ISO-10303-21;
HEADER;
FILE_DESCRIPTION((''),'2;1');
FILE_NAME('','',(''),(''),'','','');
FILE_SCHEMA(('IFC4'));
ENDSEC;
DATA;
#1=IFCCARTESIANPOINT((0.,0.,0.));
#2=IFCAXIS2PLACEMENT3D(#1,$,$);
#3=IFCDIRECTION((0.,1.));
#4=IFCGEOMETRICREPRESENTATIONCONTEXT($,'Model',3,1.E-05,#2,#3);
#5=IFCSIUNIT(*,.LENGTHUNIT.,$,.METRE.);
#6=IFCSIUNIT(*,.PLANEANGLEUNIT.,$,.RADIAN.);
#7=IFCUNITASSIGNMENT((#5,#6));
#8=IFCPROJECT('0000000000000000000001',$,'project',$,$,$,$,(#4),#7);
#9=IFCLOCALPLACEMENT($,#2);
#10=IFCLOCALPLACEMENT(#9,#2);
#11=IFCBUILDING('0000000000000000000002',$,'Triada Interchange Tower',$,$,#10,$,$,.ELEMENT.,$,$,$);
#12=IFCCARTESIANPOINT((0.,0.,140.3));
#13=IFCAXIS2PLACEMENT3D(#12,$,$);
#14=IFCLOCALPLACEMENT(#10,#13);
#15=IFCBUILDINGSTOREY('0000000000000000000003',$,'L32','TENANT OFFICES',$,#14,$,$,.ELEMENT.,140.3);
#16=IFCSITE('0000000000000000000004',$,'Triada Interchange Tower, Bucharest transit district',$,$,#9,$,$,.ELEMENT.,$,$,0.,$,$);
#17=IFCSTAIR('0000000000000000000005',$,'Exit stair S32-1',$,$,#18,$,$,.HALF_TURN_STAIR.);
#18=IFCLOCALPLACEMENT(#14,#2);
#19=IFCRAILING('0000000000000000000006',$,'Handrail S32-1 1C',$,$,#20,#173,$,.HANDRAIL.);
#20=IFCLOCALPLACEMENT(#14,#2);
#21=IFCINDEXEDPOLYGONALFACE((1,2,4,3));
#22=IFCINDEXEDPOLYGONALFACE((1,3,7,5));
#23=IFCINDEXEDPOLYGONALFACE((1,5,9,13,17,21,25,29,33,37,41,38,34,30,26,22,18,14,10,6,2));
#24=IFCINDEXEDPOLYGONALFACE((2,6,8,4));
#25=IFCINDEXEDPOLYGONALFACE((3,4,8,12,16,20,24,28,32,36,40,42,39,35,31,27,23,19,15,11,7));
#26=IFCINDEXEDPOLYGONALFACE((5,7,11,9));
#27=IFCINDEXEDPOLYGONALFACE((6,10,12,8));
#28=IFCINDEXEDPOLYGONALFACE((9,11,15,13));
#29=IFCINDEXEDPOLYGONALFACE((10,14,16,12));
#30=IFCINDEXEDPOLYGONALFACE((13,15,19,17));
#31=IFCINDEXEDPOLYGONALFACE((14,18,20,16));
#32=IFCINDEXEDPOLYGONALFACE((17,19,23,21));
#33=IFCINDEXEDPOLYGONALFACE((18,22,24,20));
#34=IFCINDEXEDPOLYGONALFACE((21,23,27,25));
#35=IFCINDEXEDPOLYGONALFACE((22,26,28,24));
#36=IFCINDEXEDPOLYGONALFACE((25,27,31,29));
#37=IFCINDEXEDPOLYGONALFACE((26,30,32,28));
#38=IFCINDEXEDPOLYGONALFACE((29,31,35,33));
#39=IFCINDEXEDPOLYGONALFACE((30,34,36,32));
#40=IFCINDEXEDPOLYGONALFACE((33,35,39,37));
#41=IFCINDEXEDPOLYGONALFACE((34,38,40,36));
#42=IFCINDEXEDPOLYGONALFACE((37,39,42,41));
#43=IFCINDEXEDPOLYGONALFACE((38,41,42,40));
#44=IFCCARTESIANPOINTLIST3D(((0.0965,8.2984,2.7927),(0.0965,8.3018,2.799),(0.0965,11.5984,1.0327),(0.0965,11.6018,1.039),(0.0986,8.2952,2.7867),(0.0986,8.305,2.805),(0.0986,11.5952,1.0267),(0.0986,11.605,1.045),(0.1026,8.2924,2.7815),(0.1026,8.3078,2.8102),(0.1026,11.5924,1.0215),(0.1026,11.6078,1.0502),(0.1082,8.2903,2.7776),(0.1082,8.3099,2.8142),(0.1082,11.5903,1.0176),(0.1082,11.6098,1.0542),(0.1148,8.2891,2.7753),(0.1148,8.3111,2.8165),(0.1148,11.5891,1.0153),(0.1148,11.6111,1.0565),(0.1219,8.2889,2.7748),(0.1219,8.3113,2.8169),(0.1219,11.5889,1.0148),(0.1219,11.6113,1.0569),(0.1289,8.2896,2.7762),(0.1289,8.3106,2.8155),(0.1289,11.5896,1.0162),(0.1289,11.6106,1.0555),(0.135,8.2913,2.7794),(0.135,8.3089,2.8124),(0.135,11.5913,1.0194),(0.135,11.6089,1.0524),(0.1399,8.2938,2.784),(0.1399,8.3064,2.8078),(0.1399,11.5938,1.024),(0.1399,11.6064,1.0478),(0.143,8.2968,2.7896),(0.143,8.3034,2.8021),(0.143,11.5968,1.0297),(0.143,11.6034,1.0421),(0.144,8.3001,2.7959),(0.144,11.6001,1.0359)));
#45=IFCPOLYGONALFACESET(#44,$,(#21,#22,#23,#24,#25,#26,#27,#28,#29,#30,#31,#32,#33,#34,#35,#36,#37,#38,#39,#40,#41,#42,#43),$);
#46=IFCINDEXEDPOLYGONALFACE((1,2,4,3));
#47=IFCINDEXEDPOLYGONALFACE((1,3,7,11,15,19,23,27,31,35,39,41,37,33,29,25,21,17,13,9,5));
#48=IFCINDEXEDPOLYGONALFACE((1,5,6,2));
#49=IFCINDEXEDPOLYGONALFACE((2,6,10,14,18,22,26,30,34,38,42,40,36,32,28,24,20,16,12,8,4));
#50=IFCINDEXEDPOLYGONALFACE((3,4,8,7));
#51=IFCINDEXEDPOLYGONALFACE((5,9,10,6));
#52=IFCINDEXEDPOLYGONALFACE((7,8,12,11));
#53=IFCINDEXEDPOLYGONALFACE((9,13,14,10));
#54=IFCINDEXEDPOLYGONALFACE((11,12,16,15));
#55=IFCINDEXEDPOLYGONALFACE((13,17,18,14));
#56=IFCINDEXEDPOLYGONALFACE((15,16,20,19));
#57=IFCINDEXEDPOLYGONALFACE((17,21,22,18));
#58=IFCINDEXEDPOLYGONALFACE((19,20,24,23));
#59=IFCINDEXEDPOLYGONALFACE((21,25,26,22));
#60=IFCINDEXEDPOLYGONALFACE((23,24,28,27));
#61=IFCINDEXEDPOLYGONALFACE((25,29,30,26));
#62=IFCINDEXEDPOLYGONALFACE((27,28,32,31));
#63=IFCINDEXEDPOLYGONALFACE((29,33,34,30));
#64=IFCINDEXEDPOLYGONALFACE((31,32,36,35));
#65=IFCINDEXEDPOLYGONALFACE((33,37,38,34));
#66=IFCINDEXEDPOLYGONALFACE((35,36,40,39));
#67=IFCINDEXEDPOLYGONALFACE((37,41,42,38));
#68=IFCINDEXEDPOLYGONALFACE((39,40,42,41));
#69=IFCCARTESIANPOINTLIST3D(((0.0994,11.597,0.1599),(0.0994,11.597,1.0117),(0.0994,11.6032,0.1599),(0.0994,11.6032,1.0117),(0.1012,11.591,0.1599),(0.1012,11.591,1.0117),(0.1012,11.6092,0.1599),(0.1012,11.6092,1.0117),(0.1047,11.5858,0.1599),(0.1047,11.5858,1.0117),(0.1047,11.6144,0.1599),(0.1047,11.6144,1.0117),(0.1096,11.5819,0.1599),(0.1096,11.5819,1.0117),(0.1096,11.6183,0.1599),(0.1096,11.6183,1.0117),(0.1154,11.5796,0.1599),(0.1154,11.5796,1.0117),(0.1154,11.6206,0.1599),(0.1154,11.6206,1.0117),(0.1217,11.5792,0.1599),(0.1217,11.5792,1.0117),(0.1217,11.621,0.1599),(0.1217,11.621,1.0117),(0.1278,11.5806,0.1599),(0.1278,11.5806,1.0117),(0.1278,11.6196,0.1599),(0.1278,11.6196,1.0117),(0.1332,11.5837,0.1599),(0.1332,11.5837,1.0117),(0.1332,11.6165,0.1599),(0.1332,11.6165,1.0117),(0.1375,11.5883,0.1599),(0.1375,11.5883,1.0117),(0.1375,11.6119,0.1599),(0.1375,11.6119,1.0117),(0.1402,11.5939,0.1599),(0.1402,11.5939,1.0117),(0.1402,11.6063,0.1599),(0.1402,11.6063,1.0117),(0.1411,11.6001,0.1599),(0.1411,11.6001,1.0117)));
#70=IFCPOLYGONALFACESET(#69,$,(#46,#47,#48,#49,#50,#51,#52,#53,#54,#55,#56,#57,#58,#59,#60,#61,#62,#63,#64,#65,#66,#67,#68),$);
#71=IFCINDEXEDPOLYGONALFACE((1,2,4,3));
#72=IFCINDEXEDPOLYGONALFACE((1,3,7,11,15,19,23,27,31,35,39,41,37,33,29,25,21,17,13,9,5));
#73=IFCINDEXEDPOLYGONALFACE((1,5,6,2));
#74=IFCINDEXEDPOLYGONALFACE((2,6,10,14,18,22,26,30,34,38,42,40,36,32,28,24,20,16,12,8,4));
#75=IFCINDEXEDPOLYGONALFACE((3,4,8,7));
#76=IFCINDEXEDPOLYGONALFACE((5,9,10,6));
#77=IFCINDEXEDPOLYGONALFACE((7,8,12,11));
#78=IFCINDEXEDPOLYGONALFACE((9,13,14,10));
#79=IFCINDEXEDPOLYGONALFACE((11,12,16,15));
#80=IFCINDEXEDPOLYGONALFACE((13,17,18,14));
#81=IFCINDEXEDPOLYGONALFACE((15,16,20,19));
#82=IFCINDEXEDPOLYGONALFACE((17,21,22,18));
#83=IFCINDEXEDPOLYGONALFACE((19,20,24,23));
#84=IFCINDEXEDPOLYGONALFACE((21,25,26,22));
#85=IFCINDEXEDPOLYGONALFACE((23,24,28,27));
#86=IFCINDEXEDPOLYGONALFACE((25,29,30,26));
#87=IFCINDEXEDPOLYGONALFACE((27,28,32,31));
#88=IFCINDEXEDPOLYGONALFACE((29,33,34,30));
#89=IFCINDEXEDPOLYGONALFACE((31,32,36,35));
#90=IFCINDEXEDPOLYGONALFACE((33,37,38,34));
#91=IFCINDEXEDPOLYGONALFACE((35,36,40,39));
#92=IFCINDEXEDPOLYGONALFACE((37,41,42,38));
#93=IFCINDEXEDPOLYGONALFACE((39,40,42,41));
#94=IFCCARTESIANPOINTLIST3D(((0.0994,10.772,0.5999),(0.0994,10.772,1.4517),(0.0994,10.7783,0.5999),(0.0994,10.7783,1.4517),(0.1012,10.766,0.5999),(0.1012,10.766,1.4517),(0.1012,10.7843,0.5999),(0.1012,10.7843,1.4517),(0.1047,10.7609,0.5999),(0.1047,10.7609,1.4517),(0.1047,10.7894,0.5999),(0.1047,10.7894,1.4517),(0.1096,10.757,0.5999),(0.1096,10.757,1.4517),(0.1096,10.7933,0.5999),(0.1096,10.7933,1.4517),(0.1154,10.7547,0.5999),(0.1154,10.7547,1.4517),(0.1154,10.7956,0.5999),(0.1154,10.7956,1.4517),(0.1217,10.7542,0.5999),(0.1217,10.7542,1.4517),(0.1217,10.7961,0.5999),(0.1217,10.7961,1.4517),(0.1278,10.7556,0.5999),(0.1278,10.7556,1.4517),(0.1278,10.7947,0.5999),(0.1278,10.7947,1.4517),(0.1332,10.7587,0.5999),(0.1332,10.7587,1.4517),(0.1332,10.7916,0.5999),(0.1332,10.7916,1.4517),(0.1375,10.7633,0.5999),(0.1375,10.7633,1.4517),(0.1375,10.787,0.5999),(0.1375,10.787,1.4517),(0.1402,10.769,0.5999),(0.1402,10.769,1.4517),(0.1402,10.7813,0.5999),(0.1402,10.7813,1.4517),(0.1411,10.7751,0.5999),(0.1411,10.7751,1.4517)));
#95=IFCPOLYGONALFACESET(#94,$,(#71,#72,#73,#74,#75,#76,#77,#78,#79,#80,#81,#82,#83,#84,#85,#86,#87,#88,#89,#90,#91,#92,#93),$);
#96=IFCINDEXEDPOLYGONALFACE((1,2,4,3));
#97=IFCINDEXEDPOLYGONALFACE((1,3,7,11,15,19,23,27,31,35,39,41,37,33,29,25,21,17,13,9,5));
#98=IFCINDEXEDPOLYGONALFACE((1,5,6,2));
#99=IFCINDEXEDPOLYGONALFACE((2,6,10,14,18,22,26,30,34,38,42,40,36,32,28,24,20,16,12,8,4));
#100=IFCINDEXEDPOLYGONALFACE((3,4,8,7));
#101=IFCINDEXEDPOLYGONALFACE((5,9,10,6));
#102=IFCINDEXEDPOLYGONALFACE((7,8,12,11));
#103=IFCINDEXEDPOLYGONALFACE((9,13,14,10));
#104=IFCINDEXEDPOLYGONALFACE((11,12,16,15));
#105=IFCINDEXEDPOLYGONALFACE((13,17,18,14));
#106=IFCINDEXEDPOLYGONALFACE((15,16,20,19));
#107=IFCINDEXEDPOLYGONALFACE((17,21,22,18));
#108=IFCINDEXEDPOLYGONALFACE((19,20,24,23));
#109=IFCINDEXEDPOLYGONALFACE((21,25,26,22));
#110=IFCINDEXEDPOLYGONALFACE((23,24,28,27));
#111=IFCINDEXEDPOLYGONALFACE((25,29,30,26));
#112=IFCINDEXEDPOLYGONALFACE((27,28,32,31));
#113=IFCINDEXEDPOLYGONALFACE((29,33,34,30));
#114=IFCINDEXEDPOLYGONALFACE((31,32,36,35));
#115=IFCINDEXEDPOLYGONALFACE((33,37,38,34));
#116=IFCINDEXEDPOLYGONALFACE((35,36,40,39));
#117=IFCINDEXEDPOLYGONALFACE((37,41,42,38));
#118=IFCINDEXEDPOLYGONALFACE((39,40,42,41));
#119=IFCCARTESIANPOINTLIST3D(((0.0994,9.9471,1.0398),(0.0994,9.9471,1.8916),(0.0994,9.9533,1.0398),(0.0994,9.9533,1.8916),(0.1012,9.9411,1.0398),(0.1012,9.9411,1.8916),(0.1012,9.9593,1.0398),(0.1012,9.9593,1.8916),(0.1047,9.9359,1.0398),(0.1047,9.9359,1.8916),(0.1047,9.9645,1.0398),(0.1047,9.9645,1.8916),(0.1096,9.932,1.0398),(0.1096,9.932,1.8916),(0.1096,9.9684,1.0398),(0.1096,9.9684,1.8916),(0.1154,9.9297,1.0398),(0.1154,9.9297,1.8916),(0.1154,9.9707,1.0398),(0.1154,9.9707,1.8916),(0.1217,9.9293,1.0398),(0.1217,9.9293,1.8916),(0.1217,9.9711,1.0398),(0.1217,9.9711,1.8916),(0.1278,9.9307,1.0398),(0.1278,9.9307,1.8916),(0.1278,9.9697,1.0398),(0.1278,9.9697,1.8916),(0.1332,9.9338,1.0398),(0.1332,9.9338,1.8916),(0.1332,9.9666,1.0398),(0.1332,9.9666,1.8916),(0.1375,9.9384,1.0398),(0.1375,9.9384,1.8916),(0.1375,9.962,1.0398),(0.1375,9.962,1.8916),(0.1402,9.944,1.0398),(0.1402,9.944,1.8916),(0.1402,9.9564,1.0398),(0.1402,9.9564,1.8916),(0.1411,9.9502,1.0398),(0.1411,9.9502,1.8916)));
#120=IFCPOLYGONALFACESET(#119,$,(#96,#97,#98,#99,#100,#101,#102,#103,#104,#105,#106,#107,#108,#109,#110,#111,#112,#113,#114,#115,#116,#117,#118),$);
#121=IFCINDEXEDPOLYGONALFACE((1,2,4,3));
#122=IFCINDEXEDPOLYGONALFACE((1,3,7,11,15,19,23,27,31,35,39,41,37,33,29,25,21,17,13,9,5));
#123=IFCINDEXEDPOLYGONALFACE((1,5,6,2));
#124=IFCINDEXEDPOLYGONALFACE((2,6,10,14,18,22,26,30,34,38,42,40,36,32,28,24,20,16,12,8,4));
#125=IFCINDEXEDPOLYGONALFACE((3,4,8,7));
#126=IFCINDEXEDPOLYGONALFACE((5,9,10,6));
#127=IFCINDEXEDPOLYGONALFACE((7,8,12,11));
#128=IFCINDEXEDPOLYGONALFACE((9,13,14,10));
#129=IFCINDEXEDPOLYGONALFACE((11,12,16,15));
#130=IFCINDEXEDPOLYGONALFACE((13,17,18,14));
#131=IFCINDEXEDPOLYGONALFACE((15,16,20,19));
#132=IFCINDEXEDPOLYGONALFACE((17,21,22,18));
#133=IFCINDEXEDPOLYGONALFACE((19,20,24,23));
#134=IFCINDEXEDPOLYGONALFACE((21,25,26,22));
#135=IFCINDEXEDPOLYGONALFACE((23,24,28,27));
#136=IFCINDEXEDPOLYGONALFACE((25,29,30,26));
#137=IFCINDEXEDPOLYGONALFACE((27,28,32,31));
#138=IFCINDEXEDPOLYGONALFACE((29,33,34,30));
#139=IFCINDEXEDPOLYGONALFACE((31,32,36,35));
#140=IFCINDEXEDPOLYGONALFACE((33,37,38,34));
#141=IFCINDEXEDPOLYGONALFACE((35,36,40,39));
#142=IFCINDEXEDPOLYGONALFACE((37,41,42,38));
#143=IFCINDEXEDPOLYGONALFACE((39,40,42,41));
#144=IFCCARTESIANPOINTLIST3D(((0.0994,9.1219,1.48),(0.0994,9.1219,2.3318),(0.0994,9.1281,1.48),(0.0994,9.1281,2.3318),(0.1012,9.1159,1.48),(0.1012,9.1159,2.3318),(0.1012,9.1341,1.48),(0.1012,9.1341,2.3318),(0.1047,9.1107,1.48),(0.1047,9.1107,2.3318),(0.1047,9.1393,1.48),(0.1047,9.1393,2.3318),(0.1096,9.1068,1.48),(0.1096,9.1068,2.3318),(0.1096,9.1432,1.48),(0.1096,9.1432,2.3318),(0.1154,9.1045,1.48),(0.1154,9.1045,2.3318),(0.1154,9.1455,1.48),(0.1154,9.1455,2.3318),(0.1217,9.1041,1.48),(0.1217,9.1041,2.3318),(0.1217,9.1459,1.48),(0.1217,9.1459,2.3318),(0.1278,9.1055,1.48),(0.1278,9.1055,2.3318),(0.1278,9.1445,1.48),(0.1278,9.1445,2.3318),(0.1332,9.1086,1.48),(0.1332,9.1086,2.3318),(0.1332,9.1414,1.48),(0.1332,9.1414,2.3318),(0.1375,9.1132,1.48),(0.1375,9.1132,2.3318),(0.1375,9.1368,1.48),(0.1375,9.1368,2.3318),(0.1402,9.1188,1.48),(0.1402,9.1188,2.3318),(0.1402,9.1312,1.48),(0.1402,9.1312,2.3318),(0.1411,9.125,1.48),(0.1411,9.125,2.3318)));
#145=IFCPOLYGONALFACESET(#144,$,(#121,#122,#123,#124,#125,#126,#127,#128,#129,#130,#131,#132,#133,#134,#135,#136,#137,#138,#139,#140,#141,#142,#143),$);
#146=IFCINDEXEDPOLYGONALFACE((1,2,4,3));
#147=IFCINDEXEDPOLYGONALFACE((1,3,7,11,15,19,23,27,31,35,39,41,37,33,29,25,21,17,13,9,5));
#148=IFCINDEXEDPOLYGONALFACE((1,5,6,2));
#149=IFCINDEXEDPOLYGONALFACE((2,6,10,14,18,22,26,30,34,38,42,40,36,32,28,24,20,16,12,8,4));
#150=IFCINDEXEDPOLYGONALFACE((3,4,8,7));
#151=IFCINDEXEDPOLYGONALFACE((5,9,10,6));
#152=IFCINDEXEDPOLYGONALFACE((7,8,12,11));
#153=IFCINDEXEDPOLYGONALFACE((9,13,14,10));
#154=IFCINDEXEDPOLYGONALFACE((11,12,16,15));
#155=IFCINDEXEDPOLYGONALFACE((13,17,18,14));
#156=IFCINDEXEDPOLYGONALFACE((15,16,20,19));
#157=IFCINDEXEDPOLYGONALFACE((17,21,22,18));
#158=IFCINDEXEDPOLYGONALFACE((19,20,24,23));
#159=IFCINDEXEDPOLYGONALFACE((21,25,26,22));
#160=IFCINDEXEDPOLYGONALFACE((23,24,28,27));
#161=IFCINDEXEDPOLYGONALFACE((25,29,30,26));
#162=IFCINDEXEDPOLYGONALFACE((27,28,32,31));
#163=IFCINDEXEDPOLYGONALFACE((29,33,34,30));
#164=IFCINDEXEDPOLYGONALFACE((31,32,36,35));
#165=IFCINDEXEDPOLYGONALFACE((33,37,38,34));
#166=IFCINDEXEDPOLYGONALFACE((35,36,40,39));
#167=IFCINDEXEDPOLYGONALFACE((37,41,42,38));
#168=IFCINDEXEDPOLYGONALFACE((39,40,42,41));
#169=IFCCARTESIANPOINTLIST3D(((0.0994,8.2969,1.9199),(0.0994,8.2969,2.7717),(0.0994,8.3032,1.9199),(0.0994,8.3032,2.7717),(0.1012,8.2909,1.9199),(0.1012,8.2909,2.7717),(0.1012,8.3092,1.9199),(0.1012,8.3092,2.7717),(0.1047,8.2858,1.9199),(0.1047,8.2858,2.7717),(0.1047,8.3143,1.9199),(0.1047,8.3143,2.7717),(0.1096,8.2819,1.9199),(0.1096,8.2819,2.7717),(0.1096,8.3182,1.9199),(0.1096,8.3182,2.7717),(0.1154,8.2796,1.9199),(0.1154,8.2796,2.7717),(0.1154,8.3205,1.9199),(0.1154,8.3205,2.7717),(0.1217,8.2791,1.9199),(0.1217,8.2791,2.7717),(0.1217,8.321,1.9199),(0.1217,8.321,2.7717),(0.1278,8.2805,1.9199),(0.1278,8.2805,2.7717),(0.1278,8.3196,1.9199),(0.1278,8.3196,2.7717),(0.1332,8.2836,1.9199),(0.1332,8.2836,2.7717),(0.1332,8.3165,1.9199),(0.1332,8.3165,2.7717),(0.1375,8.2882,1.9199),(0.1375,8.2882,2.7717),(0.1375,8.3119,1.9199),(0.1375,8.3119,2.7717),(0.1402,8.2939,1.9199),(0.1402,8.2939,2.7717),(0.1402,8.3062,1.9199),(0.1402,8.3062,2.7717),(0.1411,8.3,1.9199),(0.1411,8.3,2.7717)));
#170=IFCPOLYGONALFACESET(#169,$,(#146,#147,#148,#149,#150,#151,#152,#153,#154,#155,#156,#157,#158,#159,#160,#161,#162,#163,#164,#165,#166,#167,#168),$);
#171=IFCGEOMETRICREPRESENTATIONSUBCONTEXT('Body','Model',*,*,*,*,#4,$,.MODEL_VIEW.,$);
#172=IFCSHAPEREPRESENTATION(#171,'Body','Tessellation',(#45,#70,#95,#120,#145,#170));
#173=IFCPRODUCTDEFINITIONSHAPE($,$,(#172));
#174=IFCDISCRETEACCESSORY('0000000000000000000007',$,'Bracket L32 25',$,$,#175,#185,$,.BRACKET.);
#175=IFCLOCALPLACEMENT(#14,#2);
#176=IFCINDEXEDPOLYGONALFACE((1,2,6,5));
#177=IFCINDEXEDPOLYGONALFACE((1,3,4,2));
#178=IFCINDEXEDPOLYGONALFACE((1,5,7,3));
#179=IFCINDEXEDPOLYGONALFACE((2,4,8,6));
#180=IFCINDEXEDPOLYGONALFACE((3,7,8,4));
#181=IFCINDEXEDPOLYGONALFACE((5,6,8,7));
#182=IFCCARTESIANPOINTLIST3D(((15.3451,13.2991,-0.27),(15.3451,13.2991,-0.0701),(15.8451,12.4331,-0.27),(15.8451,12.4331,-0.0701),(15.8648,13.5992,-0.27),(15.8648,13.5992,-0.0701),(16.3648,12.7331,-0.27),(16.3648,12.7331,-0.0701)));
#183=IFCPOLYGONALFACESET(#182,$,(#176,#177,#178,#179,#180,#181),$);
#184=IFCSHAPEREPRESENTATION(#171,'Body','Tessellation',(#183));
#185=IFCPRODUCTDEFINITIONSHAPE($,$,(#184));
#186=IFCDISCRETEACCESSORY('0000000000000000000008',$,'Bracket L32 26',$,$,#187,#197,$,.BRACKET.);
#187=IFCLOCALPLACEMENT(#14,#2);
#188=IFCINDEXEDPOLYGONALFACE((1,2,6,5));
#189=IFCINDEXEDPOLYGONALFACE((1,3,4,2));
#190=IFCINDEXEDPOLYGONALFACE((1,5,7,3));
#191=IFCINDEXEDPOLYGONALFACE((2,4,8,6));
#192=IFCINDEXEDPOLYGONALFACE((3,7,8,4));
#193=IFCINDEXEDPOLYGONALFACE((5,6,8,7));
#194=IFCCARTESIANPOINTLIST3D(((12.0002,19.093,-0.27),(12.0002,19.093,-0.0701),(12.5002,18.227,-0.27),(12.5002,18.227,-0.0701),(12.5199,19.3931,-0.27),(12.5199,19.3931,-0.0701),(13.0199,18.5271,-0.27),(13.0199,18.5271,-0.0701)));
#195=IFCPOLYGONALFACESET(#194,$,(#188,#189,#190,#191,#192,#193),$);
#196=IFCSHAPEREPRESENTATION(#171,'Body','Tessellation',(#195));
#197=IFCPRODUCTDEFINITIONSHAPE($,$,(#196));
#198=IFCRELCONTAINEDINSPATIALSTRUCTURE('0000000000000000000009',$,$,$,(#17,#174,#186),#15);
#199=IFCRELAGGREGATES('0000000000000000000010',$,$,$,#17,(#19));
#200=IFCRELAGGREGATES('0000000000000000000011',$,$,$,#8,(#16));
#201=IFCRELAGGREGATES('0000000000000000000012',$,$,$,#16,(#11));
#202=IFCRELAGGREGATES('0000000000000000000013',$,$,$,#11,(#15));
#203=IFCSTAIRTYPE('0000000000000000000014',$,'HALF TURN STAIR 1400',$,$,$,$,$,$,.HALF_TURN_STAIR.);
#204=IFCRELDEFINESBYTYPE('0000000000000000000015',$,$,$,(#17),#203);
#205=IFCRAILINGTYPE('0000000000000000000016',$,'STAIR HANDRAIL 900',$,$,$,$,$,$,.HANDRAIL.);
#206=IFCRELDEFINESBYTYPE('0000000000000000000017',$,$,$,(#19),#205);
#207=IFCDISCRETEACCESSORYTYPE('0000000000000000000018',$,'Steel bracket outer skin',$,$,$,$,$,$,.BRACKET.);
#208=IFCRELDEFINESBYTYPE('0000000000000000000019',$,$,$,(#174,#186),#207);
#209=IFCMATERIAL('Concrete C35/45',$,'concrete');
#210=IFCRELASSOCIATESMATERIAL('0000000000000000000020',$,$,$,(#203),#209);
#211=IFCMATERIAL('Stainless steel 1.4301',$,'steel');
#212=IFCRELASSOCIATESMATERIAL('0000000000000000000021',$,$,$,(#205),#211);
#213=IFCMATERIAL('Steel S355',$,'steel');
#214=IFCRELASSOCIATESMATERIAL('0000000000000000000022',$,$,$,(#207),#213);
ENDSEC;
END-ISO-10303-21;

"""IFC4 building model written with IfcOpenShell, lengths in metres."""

from ifc_helpers import new_model, si_unit, direction, frame, origin, origin_2d, place, context, subcontext, project, spatial, rectangle, circle, extrude, material, type_object, element, aggregate, save


model = new_model("IFC4")

# Units and contexts
model_context = context("Model", 3, precision=1e-05, world=origin(), true_north=direction((0.0, 1.0)))
body_context = subcontext(model_context, "Body", "Model", "MODEL_VIEW")
ifc_project = project(units=[si_unit("LENGTHUNIT", "METRE"), si_unit("PLANEANGLEUNIT", "RADIAN")], contexts=[model_context])

# Site, building, storey
site_placement = place(None, origin())
site = spatial("IfcSite", under=ifc_project, at=site_placement, Name="Triada Interchange Tower, Bucharest transit district", CompositionType="ELEMENT", RefElevation=0.0)
building_placement = place(site_placement, origin())
building = spatial("IfcBuilding", under=site, at=building_placement, Name="Triada Interchange Tower", CompositionType="ELEMENT")
storey_placement = place(building_placement, frame((0.0, 0.0, 140.3)))
storey = spatial("IfcBuildingStorey", under=building, at=storey_placement, Name="L32", Description="TENANT OFFICES", CompositionType="ELEMENT", Elevation=140.3)

# Stair
ifc_material_1 = material(Name="Concrete C35/45", Category="concrete")
stair_type = type_object("IfcStairType", Name="HALF TURN STAIR 1400", PredefinedType="HALF_TURN_STAIR", material=ifc_material_1)
stair_placement = place(storey_placement, origin())
stair = element("IfcStair", 1, at=stair_placement, inside=storey, type_object=stair_type, Name="Exit stair S32-1", PredefinedType="HALF_TURN_STAIR")

# Railing
ifc_material_2 = material(Name="Stainless steel 1.4301", Category="steel")
railing_type = type_object("IfcRailingType", Name="STAIR HANDRAIL 900", PredefinedType="HANDRAIL", material=ifc_material_2)
railing_1_placement = place(storey_placement, frame((0.1201, 11.6001, 0.1599)))
railing_1 = element("IfcRailing", 2, at=railing_1_placement, type_object=railing_type, Name="Handrail S32-1 1C", PredefinedType="HANDRAIL", context=body_context, shape_type="SweptSolid", body=[
    extrude(circle(Radius=0.0239, at=origin_2d()), frame((0.0, 0.0, 0.876), z_axis=(0.0, -0.882355, 0.470585), x_axis=(1.0, 0.0, 0.0)), (0.0, 0.0, 1.0), 3.74),
    extrude(circle(Radius=0.021, at=origin_2d()), origin(), (0.0, 0.0, 1.0), 0.8518),
    extrude(circle(Radius=0.021, at=origin_2d()), frame((0.0, -0.825, 0.4399)), (0.0, 0.0, 1.0), 0.8518),
    extrude(circle(Radius=0.021, at=origin_2d()), frame((0.0, -1.6499, 0.8799)), (0.0, 0.0, 1.0), 0.8518),
    extrude(circle(Radius=0.021, at=origin_2d()), frame((0.0, -2.4751, 1.3201)), (0.0, 0.0, 1.0), 0.8518),
    extrude(circle(Radius=0.021, at=origin_2d()), frame((0.0, -3.3, 1.76)), (0.0, 0.0, 1.0), 0.8518),
])
aggregate(stair, [railing_1])

# Discrete accessories
ifc_material_3 = material(Name="Steel S355", Category="steel")
discrete_accessory_type = type_object("IfcDiscreteAccessoryType", Name="Steel bracket outer skin", PredefinedType="BRACKET", material=ifc_material_3)
for number, where, z_axis, x_axis, name in (
    (3, (15.855, 13.0161, -0.27), (0.0, 0.0, 1.0), (0.866021, 0.500007, 0.0), "Bracket L32 25"),
    (4, (12.51, 18.8101, -0.27), (0.0, 0.0, 1.0), (0.866021, 0.500007, 0.0), "Bracket L32 26"),
):
    element("IfcDiscreteAccessory", number, at=place(storey_placement, frame(where, z_axis=z_axis, x_axis=x_axis)), inside=storey, type_object=discrete_accessory_type, Name=name, PredefinedType="BRACKET", context=body_context, shape_type="SweptSolid", body=[
        extrude(rectangle(XDim=0.6001, YDim=1.0, at=origin_2d()), origin(), (0.0, 0.0, 1.0), 0.2),
    ])

save(model, "model.ifc")
